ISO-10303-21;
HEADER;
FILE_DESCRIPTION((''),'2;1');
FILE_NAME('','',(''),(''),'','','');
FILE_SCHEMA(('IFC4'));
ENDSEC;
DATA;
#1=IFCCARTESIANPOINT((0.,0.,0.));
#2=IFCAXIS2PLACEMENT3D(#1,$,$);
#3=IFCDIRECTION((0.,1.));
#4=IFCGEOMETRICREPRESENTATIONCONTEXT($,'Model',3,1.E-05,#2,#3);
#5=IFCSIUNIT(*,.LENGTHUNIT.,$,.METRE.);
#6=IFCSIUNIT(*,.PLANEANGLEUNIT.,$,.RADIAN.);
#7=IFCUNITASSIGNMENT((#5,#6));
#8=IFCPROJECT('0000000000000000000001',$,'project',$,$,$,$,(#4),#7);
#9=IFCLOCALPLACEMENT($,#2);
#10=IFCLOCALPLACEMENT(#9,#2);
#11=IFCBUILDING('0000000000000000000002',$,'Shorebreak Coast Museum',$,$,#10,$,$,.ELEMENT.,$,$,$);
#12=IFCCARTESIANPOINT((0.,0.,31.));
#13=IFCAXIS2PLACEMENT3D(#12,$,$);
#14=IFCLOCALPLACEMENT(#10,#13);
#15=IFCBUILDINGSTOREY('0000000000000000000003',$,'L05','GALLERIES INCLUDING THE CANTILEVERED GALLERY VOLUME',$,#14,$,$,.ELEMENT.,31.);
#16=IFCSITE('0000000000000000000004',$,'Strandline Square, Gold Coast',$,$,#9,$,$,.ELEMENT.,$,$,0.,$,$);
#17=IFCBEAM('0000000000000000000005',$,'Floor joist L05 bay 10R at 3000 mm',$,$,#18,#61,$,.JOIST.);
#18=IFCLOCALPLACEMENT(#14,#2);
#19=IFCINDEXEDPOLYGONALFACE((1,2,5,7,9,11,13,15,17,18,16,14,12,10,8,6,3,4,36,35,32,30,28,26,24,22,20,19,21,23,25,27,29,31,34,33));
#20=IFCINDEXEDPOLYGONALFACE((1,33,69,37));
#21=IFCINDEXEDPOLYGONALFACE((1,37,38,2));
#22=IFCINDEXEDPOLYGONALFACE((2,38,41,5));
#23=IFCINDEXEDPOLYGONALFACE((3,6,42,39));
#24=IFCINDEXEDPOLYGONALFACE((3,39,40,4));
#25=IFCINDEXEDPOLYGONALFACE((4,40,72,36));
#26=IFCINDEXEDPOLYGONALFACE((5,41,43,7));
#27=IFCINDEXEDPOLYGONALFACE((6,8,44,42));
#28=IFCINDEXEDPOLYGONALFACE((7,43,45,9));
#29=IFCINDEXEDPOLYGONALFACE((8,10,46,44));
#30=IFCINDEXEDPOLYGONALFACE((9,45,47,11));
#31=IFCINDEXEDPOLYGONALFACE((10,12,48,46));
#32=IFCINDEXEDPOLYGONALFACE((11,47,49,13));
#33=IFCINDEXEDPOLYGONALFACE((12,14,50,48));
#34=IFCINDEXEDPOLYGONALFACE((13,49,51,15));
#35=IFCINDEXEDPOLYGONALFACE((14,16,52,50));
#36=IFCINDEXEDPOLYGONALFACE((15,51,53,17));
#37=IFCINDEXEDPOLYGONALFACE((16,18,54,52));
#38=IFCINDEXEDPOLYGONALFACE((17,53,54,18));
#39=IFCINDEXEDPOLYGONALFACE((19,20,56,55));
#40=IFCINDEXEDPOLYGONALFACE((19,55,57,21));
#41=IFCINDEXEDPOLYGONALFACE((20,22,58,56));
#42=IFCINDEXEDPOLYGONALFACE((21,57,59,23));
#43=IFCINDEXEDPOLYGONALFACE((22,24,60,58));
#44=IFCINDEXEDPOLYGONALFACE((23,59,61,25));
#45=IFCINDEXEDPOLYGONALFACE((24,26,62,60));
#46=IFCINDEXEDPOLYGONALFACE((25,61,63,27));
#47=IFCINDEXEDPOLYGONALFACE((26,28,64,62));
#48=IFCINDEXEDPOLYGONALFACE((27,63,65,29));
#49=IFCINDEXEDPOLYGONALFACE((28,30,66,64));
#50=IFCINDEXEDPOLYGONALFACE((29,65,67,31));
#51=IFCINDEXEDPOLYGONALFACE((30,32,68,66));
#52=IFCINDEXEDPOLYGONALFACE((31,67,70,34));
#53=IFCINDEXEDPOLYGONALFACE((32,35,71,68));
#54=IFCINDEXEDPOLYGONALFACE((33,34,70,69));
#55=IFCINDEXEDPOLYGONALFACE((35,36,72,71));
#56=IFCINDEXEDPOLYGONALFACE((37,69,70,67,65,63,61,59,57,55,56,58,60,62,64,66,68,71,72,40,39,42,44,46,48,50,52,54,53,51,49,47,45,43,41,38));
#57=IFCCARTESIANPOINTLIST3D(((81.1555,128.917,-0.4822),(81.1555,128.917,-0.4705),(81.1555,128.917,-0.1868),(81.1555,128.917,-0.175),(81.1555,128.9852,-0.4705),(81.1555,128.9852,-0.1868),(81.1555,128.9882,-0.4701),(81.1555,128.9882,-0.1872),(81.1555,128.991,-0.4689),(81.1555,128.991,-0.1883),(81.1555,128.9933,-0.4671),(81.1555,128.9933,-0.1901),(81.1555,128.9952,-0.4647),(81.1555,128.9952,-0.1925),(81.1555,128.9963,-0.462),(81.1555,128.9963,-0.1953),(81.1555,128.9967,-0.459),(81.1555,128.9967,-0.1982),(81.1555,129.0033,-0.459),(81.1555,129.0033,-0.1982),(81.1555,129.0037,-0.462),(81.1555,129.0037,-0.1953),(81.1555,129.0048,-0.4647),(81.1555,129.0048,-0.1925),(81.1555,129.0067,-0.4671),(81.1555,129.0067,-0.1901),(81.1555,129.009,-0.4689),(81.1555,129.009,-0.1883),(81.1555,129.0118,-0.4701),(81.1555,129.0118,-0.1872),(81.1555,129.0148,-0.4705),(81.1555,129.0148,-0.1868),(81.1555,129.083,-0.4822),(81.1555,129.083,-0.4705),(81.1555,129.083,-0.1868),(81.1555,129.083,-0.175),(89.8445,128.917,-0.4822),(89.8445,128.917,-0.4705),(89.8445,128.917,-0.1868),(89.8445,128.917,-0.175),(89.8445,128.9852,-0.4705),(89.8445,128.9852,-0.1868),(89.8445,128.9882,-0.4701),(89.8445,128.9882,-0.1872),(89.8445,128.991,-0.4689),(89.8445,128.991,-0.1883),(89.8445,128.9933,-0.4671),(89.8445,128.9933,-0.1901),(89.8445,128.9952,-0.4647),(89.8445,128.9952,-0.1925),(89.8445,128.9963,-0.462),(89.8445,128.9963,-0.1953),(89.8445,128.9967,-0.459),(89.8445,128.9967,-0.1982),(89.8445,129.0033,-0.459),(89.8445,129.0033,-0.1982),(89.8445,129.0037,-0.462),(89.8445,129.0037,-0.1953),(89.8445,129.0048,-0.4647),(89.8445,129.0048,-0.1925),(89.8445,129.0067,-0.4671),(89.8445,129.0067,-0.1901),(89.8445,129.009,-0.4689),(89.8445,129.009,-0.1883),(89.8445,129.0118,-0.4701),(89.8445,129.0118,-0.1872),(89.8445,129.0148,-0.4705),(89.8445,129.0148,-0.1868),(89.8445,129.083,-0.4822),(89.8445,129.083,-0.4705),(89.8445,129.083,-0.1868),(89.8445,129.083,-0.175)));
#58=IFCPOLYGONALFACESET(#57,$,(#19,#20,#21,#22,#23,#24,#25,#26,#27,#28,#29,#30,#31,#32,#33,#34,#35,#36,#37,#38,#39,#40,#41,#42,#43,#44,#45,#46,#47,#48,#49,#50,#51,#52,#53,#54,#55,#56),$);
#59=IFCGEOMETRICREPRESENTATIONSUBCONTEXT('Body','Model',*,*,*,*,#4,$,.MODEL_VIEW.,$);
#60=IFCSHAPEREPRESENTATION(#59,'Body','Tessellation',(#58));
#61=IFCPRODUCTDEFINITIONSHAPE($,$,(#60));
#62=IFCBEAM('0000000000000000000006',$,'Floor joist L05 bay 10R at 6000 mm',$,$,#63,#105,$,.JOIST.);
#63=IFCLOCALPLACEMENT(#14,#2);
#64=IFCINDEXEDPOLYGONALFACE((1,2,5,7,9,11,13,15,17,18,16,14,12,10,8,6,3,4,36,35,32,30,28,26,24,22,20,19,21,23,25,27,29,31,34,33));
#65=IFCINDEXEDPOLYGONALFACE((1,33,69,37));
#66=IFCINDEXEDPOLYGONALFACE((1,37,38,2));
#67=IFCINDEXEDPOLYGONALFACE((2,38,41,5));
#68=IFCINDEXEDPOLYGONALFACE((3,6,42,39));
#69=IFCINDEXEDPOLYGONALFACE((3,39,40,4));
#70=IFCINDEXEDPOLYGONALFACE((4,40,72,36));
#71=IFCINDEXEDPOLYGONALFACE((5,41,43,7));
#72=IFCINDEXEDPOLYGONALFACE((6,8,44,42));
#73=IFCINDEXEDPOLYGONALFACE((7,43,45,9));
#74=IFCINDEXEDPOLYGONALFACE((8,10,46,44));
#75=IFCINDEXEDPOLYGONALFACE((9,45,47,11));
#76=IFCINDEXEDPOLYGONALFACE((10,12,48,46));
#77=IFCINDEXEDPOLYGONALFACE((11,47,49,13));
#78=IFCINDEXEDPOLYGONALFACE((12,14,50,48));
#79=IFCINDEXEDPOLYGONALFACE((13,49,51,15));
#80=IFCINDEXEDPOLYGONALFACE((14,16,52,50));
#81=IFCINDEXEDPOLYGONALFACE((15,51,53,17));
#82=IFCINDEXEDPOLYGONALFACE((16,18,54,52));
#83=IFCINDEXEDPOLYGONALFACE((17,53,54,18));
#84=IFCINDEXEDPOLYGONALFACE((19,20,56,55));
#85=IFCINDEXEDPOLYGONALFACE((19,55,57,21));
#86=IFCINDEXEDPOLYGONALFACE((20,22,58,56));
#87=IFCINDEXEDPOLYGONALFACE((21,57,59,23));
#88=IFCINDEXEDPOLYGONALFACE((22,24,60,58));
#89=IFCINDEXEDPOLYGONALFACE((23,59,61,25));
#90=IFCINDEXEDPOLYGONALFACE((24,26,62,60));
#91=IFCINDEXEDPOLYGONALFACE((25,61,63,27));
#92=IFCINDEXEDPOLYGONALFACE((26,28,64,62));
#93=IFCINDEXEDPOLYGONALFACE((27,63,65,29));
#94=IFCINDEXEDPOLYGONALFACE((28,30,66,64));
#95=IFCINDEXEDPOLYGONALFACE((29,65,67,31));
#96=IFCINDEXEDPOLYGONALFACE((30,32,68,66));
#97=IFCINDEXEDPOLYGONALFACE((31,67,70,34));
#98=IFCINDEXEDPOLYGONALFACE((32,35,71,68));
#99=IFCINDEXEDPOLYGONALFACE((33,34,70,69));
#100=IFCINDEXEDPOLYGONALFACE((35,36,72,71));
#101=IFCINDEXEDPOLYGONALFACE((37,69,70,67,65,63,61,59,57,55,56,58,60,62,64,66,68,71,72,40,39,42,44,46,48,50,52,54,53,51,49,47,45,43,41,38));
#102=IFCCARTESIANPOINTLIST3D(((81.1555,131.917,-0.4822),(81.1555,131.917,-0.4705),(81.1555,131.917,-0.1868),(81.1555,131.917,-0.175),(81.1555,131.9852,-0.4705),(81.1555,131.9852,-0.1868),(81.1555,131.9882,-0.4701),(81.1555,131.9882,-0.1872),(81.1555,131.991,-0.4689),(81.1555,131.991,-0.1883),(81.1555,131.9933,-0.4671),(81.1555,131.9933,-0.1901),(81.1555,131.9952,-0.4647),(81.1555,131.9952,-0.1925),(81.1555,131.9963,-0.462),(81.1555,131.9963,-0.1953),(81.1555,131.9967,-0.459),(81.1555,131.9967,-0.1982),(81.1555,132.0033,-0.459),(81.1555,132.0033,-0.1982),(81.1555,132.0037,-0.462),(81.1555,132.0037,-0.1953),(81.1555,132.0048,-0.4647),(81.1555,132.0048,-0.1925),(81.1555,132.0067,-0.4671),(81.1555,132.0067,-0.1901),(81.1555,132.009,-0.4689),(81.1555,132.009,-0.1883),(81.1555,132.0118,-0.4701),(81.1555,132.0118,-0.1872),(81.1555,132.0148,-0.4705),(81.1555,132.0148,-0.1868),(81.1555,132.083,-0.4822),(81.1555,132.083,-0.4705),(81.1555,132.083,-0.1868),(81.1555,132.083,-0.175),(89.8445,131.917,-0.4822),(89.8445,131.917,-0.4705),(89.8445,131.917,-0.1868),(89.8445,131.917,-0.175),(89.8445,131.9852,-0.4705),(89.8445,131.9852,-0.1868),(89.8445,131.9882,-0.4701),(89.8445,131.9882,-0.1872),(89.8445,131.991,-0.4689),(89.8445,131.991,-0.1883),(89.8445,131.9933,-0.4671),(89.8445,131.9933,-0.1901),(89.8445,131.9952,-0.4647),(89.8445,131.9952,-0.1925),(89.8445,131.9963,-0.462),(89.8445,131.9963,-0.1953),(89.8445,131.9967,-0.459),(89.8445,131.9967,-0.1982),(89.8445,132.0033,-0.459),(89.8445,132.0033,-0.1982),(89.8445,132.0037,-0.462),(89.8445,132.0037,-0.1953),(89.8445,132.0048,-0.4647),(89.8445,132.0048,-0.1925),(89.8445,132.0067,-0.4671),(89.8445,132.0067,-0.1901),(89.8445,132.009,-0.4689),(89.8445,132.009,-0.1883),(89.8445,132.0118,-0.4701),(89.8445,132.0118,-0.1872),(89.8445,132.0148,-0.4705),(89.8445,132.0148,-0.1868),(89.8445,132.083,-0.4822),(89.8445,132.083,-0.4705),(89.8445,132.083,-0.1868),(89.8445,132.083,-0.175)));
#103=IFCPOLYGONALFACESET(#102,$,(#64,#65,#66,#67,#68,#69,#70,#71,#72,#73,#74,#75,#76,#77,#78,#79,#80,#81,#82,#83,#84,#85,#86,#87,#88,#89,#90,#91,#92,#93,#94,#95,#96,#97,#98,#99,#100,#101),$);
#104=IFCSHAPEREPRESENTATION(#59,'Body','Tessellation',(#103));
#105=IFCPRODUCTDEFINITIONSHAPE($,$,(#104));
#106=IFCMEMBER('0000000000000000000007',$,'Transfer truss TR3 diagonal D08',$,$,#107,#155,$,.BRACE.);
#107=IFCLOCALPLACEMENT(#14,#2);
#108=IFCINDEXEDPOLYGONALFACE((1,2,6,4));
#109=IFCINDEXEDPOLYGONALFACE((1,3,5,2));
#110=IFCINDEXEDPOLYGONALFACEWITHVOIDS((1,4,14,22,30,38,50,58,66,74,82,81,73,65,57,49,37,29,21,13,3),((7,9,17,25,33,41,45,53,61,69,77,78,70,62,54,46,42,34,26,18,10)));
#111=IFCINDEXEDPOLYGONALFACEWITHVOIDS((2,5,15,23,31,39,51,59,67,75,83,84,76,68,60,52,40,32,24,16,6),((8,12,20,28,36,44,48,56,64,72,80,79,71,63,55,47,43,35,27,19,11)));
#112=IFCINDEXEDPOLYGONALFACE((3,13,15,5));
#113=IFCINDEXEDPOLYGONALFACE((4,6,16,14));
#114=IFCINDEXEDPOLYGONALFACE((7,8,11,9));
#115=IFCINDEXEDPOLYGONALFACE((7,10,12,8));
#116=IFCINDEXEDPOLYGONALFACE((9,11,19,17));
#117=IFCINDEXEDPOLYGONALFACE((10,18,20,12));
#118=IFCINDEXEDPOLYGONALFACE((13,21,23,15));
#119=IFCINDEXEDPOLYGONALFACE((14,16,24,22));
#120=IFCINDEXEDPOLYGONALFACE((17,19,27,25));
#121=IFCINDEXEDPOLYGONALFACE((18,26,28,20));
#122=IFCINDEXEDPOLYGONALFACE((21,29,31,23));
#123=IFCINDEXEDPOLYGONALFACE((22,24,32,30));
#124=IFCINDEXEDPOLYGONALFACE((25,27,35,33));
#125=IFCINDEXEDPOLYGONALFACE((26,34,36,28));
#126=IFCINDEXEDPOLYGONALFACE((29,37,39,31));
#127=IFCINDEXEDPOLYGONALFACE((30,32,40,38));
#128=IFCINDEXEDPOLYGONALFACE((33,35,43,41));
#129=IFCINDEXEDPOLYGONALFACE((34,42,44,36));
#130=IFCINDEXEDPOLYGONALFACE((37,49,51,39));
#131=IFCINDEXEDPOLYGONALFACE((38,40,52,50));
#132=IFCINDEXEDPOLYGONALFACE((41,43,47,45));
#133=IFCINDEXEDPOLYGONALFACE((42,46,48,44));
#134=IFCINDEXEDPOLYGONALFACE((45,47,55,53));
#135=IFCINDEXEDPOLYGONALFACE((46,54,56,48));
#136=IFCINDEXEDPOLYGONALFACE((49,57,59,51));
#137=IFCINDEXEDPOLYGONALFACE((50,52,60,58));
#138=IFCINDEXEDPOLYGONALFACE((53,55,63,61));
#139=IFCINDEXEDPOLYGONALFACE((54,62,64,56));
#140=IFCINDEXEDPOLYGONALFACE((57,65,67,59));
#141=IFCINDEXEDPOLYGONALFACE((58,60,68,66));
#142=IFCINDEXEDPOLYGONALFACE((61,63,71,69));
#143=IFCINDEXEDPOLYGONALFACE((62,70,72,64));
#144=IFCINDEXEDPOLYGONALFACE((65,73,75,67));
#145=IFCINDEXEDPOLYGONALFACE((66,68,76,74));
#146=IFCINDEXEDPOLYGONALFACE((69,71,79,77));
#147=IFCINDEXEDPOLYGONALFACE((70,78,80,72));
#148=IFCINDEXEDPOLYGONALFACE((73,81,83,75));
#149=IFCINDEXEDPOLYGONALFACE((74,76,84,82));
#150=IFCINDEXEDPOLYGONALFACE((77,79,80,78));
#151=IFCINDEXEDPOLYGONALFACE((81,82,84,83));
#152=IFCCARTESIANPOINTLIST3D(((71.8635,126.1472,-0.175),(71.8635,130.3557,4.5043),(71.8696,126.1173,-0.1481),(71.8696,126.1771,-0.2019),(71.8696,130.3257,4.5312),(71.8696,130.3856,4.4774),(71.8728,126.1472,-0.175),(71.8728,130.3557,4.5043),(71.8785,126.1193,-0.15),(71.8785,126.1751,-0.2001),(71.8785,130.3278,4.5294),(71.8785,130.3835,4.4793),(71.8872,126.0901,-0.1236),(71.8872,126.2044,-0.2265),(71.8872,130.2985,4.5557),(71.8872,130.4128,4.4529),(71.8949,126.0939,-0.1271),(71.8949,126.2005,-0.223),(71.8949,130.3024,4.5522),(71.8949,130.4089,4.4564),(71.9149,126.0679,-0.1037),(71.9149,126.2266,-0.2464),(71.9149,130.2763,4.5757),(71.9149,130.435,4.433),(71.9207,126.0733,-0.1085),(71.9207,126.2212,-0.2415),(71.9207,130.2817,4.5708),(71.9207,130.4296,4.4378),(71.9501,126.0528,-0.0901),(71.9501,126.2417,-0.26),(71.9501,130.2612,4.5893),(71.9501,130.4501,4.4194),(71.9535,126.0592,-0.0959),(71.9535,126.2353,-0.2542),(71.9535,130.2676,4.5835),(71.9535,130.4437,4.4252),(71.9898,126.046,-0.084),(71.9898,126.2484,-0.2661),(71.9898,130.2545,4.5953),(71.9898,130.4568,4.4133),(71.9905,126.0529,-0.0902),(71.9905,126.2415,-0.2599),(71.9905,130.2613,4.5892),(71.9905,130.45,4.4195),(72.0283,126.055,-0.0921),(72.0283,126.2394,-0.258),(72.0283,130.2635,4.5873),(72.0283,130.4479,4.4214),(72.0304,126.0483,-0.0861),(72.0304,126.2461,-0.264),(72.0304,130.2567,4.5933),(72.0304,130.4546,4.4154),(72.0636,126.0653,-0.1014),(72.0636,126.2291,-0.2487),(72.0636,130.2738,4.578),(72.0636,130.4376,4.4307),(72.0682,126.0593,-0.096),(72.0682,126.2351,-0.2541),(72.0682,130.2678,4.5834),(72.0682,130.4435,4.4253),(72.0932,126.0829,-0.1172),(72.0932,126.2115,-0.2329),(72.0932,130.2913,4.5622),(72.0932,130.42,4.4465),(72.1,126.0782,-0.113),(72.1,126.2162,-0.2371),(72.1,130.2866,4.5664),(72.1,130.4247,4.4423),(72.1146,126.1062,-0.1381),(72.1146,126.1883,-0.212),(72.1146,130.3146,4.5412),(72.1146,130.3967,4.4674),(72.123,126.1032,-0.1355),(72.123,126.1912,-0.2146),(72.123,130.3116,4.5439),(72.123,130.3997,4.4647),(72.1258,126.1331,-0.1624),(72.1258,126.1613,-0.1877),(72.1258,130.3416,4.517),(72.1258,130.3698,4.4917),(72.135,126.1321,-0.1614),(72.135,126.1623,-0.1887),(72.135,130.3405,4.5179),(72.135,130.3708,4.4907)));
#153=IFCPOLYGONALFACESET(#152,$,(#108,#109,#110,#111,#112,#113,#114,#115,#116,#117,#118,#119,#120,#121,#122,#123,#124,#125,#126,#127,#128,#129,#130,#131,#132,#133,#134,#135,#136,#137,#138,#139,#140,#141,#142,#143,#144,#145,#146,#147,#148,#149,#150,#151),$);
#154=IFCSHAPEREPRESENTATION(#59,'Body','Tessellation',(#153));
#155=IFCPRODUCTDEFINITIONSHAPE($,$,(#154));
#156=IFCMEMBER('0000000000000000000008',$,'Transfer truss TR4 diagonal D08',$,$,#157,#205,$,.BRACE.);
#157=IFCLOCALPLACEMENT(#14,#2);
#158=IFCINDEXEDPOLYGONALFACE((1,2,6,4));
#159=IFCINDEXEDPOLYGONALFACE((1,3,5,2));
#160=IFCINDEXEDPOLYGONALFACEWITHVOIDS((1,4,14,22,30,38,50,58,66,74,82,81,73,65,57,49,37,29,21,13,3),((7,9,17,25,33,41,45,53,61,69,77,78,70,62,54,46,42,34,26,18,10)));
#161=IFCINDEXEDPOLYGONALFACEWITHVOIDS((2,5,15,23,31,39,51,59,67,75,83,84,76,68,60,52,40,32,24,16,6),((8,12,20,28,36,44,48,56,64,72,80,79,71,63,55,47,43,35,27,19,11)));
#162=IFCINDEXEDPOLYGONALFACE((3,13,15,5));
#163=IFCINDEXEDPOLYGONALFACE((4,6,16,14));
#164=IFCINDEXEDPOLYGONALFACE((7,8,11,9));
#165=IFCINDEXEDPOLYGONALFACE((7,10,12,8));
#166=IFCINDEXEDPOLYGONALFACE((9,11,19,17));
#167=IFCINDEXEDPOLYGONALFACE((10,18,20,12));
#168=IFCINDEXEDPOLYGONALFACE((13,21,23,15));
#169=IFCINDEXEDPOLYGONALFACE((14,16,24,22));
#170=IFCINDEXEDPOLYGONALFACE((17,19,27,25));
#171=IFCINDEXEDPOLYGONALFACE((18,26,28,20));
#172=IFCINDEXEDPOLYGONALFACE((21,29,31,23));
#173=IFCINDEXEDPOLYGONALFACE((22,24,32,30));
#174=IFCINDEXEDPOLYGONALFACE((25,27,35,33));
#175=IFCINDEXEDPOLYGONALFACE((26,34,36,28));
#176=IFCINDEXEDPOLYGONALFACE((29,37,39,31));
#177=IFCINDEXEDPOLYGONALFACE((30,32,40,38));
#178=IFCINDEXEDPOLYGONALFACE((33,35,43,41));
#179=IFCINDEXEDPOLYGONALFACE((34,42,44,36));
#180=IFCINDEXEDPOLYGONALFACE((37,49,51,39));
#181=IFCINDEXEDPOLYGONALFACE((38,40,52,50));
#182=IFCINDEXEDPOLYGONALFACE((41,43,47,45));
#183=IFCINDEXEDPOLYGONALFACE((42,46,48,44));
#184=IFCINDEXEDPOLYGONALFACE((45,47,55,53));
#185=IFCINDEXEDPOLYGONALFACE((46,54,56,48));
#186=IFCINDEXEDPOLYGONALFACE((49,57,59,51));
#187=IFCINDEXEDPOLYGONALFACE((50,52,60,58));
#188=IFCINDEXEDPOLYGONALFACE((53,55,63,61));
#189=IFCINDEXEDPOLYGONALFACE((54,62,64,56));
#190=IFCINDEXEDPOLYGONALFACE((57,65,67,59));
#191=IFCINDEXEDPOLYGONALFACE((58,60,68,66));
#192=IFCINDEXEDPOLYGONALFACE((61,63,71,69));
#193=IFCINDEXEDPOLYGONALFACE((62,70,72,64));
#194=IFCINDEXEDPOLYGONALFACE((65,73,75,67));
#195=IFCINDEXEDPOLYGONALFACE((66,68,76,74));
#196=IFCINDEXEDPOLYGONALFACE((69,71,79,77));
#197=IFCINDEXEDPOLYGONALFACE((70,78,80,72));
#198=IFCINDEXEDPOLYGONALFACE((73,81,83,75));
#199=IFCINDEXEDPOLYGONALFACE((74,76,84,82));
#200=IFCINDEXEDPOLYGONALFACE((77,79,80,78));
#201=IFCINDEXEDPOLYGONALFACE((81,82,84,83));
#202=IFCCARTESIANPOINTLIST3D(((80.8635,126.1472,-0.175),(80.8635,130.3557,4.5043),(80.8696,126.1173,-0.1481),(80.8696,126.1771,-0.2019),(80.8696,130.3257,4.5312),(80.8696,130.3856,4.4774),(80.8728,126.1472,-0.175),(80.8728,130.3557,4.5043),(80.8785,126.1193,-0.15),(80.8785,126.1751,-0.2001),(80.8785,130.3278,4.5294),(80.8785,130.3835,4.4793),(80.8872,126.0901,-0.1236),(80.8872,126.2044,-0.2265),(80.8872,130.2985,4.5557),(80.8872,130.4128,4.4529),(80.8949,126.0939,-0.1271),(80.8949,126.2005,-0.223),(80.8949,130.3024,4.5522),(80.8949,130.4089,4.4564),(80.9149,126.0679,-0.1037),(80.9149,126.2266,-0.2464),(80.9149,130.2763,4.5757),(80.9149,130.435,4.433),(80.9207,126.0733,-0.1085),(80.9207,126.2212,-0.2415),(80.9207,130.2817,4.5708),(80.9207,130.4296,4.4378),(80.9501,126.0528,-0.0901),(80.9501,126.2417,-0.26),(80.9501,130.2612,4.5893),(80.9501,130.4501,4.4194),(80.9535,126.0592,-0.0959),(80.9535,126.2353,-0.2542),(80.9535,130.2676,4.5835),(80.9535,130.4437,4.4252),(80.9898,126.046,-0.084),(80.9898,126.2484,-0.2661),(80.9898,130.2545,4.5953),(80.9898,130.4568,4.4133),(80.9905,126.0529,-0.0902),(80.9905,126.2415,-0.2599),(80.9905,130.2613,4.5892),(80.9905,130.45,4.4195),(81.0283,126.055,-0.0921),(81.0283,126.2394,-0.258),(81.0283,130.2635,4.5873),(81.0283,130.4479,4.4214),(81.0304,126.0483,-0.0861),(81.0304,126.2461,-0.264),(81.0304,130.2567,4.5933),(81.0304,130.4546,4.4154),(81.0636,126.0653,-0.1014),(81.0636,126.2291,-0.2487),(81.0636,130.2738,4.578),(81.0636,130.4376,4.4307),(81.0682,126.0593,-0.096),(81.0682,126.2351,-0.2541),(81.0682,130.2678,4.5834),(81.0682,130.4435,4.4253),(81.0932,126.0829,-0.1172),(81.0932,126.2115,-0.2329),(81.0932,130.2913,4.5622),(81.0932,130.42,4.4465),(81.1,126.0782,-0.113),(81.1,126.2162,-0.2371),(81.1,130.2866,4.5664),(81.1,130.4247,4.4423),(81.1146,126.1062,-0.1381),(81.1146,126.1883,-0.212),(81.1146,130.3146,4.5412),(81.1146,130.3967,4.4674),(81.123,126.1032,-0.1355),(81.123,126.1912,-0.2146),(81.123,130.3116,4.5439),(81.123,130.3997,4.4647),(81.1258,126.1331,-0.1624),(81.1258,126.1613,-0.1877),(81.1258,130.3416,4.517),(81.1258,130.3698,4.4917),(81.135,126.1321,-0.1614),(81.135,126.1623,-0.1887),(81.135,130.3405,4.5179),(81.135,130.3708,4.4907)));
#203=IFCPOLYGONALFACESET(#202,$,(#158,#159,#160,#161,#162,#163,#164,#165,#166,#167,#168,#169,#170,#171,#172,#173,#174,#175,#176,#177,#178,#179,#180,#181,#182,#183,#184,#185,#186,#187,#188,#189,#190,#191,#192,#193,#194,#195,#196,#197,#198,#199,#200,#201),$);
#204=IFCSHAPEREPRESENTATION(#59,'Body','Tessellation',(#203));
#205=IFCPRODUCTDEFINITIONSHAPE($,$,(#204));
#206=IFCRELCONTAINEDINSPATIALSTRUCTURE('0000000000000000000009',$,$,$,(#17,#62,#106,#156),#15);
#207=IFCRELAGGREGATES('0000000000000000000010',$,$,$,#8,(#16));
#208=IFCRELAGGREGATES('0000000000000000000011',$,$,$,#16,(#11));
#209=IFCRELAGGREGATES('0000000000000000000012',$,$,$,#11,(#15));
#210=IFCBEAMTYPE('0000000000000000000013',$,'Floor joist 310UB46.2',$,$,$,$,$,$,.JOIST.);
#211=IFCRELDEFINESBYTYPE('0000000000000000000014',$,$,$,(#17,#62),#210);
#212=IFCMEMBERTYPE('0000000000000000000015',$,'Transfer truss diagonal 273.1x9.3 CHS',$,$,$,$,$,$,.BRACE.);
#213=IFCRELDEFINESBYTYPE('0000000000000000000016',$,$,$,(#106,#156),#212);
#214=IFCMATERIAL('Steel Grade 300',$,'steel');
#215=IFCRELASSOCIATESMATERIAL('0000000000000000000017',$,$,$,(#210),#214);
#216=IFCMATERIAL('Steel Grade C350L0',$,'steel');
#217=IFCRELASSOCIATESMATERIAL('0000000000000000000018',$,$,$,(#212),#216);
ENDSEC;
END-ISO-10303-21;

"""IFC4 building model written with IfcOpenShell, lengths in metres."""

from ifc_helpers import new_model, si_unit, direction, frame, origin, origin_2d, place, context, subcontext, project, spatial, hollow_circle, i_section, extrude, material, material_profile, profile_set, type_object, element, save


model = new_model("IFC4")

# Units and contexts
model_context = context("Model", 3, precision=1e-05, world=origin(), true_north=direction((0.0, 1.0)))
body_context = subcontext(model_context, "Body", "Model", "MODEL_VIEW")
ifc_project = project(units=[si_unit("LENGTHUNIT", "METRE"), si_unit("PLANEANGLEUNIT", "RADIAN")], contexts=[model_context])

# Site, building, storey
site_placement = place(None, origin())
site = spatial("IfcSite", under=ifc_project, at=site_placement, Name="Strandline Square, Gold Coast", CompositionType="ELEMENT", RefElevation=0.0)
building_placement = place(site_placement, origin())
building = spatial("IfcBuilding", under=site, at=building_placement, Name="Shorebreak Coast Museum", CompositionType="ELEMENT")
storey_placement = place(building_placement, frame((0.0, 0.0, 31.0)))
storey = spatial("IfcBuildingStorey", under=building, at=storey_placement, Name="L05", Description="GALLERIES INCLUDING THE CANTILEVERED GALLERY VOLUME", CompositionType="ELEMENT", Elevation=31.0)

# Beams
ifc_material_1 = material(Name="Steel Grade 300", Category="steel")
ifc_material_profile_1 = material_profile(ifc_material_1, i_section(OverallWidth=0.166, OverallDepth=0.3071, WebThickness=0.0066, FlangeThickness=0.0117, FilletRadius=0.0115, at=origin_2d()), Name="310UB46.2")
ifc_profile_set_1 = profile_set([ifc_material_profile_1], Name="Steel Grade 300")
beam_type_1 = type_object("IfcBeamType", Name="Floor joist 310UB46.2", PredefinedType="JOIST", material=ifc_profile_set_1)
for number, where, z_axis, x_axis, name in (
    (1, (81.1555, 129.0, -0.3286), (1.0, 0.0, 0.0), (0.0, 1.0, 0.0), "Floor joist L05 bay 10R at 3000 mm"),
    (2, (81.1555, 132.0, -0.3286), (1.0, 0.0, 0.0), (0.0, 1.0, 0.0), "Floor joist L05 bay 10R at 6000 mm"),
):
    element("IfcBeam", number, at=place(storey_placement, frame(where, z_axis=z_axis, x_axis=x_axis)), inside=storey, type_object=beam_type_1, Name=name, PredefinedType="JOIST", context=body_context, shape_type="SweptSolid", body=[
        extrude(i_section(OverallWidth=0.166, OverallDepth=0.3071, WebThickness=0.0066, FlangeThickness=0.0117, FilletRadius=0.0115, at=origin_2d()), origin(), (0.0, 0.0, 1.0), 8.689),
    ])

# Members
ifc_material_2 = material(Name="Steel Grade C350L0", Category="steel")
ifc_material_profile_2 = material_profile(ifc_material_2, hollow_circle(Radius=0.1365, WallThickness=0.0093, at=origin_2d()), Name="273.1x9.3 CHS")
ifc_profile_set_2 = profile_set([ifc_material_profile_2], Name="Steel Grade C350L0")
member_type_1 = type_object("IfcMemberType", Name="Transfer truss diagonal 273.1x9.3 CHS", PredefinedType="BRACE", material=ifc_profile_set_2)
for number, where, z_axis, x_axis, name in (
    (3, (72.0, 126.1472, -0.175), (0.0, 0.668701, 0.743531), (-1.0, 0.0, 0.0), "Transfer truss TR3 diagonal D08"),
    (4, (81.0, 126.1472, -0.175), (0.0, 0.668701, 0.743531), (-1.0, 0.0, 0.0), "Transfer truss TR4 diagonal D08"),
):
    element("IfcMember", number, at=place(storey_placement, frame(where, z_axis=z_axis, x_axis=x_axis)), inside=storey, type_object=member_type_1, Name=name, PredefinedType="BRACE", context=body_context, shape_type="SweptSolid", body=[
        extrude(hollow_circle(Radius=0.1365, WallThickness=0.0093, at=origin_2d()), origin(), (0.0, 0.0, 1.0), 6.2935),
    ])

save(model, "model.ifc")
